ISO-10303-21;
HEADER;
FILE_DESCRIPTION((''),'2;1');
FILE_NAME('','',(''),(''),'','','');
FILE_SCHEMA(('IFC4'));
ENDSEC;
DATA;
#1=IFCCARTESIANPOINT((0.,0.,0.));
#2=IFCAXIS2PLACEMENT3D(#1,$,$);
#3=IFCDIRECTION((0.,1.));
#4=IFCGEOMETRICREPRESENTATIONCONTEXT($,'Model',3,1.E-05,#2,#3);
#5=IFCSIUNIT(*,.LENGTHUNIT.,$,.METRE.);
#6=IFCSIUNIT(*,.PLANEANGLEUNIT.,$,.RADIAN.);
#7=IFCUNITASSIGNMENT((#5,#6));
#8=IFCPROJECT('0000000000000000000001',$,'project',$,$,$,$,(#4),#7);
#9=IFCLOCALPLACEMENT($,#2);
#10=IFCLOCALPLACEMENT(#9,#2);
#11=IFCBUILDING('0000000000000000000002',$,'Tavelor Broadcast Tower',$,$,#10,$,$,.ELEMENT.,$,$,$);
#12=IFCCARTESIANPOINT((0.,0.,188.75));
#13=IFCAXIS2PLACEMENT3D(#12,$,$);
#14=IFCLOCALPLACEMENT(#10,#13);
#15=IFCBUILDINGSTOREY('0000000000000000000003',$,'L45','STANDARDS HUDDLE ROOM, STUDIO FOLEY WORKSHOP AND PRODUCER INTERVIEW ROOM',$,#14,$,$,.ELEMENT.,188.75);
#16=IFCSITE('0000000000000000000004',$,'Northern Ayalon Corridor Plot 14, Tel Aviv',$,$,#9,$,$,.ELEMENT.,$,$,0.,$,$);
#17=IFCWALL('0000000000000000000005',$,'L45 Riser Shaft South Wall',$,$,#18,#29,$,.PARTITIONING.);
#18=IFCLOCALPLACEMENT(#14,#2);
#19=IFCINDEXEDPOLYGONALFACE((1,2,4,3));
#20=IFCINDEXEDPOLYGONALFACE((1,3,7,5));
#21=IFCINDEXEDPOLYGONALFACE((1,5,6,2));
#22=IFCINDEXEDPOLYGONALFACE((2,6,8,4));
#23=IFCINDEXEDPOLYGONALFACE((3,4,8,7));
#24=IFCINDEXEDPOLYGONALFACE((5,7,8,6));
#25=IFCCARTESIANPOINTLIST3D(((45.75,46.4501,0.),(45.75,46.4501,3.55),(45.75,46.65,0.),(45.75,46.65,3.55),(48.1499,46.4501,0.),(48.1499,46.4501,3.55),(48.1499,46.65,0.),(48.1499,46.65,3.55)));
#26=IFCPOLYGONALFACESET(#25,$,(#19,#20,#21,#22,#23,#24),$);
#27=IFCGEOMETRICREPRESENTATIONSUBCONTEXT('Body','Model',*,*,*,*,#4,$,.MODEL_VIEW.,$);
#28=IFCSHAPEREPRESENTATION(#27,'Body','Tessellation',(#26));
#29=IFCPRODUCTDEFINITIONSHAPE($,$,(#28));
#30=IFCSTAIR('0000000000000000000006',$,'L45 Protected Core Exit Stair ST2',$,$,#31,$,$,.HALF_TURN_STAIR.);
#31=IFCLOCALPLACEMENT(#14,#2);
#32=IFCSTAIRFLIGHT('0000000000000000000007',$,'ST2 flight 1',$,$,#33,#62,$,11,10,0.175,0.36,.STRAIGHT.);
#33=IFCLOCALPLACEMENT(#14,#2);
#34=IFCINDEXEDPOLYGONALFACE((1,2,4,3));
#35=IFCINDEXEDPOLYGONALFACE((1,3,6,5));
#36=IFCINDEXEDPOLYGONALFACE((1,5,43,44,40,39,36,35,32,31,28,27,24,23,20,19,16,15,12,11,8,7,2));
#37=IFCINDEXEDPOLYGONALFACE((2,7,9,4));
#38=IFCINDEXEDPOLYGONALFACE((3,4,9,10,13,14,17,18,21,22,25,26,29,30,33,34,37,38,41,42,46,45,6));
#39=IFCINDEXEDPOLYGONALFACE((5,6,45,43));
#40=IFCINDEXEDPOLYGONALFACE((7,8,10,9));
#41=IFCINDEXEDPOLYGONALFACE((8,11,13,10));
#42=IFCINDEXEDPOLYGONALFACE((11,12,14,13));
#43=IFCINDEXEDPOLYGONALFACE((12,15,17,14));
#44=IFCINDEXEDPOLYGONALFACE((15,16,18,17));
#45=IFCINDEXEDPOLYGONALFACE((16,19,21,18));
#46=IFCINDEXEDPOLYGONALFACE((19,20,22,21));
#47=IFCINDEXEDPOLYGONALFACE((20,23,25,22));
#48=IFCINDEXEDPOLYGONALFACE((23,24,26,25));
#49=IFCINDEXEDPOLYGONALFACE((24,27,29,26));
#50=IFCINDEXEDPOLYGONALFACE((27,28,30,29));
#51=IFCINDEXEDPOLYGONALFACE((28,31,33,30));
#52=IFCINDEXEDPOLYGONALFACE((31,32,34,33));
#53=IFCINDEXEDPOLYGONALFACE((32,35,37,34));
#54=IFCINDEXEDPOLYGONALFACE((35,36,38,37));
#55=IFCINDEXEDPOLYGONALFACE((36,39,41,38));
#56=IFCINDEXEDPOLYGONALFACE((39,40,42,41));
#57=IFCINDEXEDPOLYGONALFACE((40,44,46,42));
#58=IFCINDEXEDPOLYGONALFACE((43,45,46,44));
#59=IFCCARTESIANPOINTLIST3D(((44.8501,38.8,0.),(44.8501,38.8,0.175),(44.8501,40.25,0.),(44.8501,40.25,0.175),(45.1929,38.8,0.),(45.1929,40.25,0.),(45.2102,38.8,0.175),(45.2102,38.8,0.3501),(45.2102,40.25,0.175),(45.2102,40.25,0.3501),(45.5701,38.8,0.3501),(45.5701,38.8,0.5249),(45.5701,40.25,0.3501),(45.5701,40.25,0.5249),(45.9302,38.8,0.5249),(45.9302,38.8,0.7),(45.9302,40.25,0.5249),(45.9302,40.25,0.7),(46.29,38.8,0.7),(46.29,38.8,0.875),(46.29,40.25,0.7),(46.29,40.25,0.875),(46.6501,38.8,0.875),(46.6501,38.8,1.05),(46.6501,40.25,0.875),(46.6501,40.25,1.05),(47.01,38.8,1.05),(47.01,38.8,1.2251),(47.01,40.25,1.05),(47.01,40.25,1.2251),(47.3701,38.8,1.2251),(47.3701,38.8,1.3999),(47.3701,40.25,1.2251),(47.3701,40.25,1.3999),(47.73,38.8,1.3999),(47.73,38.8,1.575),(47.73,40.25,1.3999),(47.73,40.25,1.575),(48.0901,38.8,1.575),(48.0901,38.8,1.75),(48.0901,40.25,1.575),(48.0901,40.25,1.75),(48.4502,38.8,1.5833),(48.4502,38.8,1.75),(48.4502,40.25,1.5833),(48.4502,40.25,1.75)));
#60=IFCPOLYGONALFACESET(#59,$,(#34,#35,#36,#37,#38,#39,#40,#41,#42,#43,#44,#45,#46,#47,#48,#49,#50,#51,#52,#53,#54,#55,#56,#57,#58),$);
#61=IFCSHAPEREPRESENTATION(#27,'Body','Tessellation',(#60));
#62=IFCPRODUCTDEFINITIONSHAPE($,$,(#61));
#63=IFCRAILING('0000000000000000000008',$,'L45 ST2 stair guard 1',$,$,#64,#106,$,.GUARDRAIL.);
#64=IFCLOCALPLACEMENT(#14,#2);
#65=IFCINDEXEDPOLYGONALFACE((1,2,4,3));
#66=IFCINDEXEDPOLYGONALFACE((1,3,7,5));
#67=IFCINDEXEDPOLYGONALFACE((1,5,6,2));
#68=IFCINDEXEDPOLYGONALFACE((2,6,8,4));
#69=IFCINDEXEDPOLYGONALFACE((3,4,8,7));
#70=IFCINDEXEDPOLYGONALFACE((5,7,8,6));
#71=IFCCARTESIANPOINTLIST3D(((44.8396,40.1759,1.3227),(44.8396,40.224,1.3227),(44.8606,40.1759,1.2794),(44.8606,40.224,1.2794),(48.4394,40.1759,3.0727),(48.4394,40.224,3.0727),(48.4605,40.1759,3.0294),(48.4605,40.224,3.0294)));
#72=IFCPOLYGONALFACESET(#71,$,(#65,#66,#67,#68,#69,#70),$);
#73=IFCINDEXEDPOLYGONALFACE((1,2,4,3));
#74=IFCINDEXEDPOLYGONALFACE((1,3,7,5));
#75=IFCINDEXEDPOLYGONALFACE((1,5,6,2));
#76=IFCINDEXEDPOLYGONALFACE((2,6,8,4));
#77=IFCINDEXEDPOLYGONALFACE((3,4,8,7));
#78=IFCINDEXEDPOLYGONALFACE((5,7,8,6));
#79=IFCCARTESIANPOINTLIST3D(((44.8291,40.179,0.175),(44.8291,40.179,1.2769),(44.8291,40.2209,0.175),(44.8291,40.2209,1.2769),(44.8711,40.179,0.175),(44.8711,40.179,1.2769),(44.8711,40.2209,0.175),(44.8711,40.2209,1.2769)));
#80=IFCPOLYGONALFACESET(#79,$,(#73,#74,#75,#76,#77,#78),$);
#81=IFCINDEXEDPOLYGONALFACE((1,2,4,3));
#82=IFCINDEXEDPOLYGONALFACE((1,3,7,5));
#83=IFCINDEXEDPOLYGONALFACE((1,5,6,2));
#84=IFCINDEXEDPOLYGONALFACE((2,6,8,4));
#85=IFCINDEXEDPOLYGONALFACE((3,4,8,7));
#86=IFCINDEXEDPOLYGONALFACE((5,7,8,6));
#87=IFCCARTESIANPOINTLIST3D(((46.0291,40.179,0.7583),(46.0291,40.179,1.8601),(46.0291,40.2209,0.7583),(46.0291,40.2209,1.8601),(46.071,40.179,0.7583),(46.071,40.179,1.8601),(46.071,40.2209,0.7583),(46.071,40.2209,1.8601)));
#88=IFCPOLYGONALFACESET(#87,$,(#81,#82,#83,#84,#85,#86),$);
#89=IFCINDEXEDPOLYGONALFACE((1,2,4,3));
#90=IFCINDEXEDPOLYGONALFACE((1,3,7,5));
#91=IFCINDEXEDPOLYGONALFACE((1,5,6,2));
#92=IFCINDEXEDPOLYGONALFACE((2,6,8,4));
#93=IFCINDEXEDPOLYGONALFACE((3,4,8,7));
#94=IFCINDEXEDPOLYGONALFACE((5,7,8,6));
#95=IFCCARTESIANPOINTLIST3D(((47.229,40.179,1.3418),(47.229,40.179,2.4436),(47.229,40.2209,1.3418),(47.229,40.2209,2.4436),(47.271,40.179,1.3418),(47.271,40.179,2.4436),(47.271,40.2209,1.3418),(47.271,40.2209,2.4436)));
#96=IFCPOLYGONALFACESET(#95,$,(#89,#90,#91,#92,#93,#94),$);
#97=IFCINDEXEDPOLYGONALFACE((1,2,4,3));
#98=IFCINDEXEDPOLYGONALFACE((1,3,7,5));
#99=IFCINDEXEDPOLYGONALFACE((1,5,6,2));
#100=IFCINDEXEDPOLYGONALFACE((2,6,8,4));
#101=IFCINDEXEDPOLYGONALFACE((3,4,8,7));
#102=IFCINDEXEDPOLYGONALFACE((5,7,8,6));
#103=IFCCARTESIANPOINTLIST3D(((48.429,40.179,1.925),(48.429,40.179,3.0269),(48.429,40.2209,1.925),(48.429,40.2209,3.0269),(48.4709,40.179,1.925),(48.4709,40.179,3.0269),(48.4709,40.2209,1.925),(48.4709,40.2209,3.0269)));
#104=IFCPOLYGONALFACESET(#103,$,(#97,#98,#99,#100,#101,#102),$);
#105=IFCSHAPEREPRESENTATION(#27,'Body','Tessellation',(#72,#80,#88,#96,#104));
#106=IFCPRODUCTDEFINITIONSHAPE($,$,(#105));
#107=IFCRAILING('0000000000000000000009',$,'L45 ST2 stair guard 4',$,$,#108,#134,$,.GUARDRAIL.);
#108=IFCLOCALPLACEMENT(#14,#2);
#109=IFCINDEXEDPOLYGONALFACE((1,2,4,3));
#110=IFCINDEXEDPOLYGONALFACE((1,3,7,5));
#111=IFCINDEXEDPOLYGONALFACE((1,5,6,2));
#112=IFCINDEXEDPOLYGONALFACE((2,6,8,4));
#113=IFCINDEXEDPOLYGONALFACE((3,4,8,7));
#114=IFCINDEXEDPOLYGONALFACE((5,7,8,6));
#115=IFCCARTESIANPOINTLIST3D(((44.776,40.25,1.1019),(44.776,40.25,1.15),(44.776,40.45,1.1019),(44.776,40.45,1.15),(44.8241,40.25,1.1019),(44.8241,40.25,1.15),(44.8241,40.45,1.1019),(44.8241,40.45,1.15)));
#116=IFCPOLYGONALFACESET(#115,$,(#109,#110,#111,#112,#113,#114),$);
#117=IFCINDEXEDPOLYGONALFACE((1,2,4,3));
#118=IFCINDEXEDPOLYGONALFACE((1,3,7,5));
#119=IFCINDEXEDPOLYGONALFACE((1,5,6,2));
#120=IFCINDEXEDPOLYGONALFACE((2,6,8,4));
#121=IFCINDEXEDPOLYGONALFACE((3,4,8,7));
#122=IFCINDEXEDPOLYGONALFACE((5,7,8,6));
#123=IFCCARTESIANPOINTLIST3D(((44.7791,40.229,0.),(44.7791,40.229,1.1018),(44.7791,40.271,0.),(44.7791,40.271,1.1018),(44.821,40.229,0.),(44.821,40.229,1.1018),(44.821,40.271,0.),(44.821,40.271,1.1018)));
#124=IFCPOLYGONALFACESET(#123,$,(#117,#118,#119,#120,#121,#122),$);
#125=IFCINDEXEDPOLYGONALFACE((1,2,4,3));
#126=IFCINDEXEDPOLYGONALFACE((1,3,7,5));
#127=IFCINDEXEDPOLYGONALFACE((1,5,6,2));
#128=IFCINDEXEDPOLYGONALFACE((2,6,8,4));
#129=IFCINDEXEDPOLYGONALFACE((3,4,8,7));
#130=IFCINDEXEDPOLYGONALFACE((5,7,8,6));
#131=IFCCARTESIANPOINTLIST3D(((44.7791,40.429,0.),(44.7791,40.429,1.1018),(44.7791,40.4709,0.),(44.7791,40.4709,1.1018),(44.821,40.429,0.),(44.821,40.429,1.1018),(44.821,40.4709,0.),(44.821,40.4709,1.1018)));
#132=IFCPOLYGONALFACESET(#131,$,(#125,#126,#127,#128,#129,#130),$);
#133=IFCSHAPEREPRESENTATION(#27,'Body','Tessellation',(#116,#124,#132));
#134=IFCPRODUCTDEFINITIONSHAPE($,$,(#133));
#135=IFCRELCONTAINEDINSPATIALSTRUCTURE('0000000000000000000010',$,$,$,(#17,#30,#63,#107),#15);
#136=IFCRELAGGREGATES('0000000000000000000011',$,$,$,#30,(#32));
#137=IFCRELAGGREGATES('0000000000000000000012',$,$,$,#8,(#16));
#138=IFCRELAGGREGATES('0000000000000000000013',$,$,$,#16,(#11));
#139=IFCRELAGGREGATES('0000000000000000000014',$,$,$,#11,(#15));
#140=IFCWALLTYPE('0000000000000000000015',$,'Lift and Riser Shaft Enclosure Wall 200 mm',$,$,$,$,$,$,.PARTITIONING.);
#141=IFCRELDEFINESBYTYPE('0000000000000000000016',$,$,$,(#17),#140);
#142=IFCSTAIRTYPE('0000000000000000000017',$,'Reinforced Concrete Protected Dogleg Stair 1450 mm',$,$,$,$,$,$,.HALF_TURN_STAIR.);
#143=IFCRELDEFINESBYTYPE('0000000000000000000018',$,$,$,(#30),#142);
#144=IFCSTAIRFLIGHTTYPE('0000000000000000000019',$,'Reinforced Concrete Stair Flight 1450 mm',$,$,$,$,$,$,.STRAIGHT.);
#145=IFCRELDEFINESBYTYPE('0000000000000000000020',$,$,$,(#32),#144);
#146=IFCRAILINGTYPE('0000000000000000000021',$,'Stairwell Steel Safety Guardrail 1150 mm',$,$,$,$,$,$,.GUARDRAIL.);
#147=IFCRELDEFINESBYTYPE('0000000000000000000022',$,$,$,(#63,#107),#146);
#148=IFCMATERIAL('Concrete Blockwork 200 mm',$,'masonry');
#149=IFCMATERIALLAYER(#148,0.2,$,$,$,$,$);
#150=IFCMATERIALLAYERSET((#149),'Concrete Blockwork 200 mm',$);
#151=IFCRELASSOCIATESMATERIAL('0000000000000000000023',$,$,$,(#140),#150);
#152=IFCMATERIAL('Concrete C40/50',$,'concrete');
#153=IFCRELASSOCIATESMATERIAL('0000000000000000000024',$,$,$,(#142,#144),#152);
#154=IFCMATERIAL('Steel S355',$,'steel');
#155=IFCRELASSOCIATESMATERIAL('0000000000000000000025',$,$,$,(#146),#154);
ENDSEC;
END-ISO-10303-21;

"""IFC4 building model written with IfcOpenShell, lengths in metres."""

from ifc_helpers import new_model, si_unit, direction, frame, frame_2d, origin, origin_2d, place, context, subcontext, project, spatial, polyline, rectangle, outline, extrude, material, layer, layer_set, type_object, element, aggregate, save


model = new_model("IFC4")

# Units and contexts
model_context = context("Model", 3, precision=1e-05, world=origin(), true_north=direction((0.0, 1.0)))
body_context = subcontext(model_context, "Body", "Model", "MODEL_VIEW")
ifc_project = project(units=[si_unit("LENGTHUNIT", "METRE"), si_unit("PLANEANGLEUNIT", "RADIAN")], contexts=[model_context])

# Site, building, storey
site_placement = place(None, origin())
site = spatial("IfcSite", under=ifc_project, at=site_placement, Name="Northern Ayalon Corridor Plot 14, Tel Aviv", CompositionType="ELEMENT", RefElevation=0.0)
building_placement = place(site_placement, origin())
building = spatial("IfcBuilding", under=site, at=building_placement, Name="Tavelor Broadcast Tower", CompositionType="ELEMENT")
storey_placement = place(building_placement, frame((0.0, 0.0, 188.75)))
storey = spatial("IfcBuildingStorey", under=building, at=storey_placement, Name="L45", Description="STANDARDS HUDDLE ROOM, STUDIO FOLEY WORKSHOP AND PRODUCER INTERVIEW ROOM", CompositionType="ELEMENT", Elevation=188.75)

# Shared definitions
ifc_material_1 = material(Name="Concrete C40/50", Category="concrete")
ifc_material_2 = material(Name="Steel S355", Category="steel")

# Wall
ifc_material_3 = material(Name="Concrete Blockwork 200 mm", Category="masonry")
ifc_layer_1 = layer(ifc_material_3, 0.2)
ifc_layer_set_1 = layer_set([ifc_layer_1], Name="Concrete Blockwork 200 mm")
wall_type_1 = type_object("IfcWallType", Name="Lift and Riser Shaft Enclosure Wall 200 mm", PredefinedType="PARTITIONING", material=ifc_layer_set_1)
wall_1_placement = place(storey_placement, frame((45.75, 46.55, 0.0), z_axis=(0.0, 0.0, 1.0), x_axis=(1.0, 0.0, 0.0)))
element("IfcWall", 1, at=wall_1_placement, inside=storey, type_object=wall_type_1, Name="L45 Riser Shaft South Wall", PredefinedType="PARTITIONING", context=body_context, shape_type="SweptSolid", body=[
    extrude(rectangle(XDim=2.3999, YDim=0.2, at=frame_2d((1.2, 0.0))), origin(), (0.0, 0.0, 1.0), 3.55),
])

# Stair, stair flight
stair_type = type_object("IfcStairType", Name="Reinforced Concrete Protected Dogleg Stair 1450 mm", PredefinedType="HALF_TURN_STAIR", material=ifc_material_1)
stair_placement = place(storey_placement, origin())
stair = element("IfcStair", 2, at=stair_placement, inside=storey, type_object=stair_type, Name="L45 Protected Core Exit Stair ST2", PredefinedType="HALF_TURN_STAIR")
stair_flight_type = type_object("IfcStairFlightType", Name="Reinforced Concrete Stair Flight 1450 mm", PredefinedType="STRAIGHT", material=ifc_material_1)
stair_flight_placement = place(storey_placement, frame((44.8501, 39.5249, 0.0), z_axis=(0.0, 0.0, 1.0), x_axis=(1.0, 0.0, 0.0)))
stair_flight = element("IfcStairFlight", 3, at=stair_flight_placement, type_object=stair_flight_type, Name="ST2 flight 1", NumberOfRisers=11, NumberOfTreads=10, PredefinedType="STRAIGHT", RiserHeight=0.175, TreadLength=0.36, context=body_context, shape_type="SweptSolid", body=[
    extrude(outline(polyline([(0.0, 0.0), (0.0, 0.175), (0.3601, 0.175), (0.3601, 0.3501), (0.72, 0.3501), (0.72, 0.5249), (1.0801, 0.5249), (1.0801, 0.7), (1.4399, 0.7), (1.4399, 0.875), (1.8, 0.875), (1.8, 1.05), (2.1599, 1.05), (2.1599, 1.2251), (2.52, 1.2251), (2.52, 1.3999), (2.8799, 1.3999), (2.8799, 1.575), (3.24, 1.575), (3.24, 1.75), (3.6001, 1.75), (3.6001, 1.925), (3.6001, 1.5833), (0.3428, 0.0), (0.0, 0.0)])), frame((0.0, 0.7251, 0.0), z_axis=(0.0, -1.0, 0.0), x_axis=(1.0, 0.0, 0.0)), (0.0, 0.0, 1.0), 1.45),
])
aggregate(stair, [stair_flight])

# Railings
railing_type = type_object("IfcRailingType", Name="Stairwell Steel Safety Guardrail 1150 mm", PredefinedType="GUARDRAIL", material=ifc_material_2)
railing_1_placement = place(storey_placement, frame((44.8501, 40.2, 0.175)))
element("IfcRailing", 4, at=railing_1_placement, inside=storey, type_object=railing_type, Name="L45 ST2 stair guard 1", PredefinedType="GUARDRAIL", context=body_context, shape_type="SweptSolid", body=[
    extrude(rectangle(XDim=0.0481, YDim=0.0481, at=origin_2d()), frame((0.0, 0.0, 1.126), z_axis=(0.899361, 0.0, 0.437207), x_axis=(0.0, 1.0, 0.0)), (0.0, 0.0, 1.0), 4.0027),
    extrude(rectangle(XDim=0.042, YDim=0.042, at=origin_2d()), origin(), (0.0, 0.0, 1.0), 1.1018),
    extrude(rectangle(XDim=0.042, YDim=0.042, at=origin_2d()), frame((1.2, 0.0, 0.5833)), (0.0, 0.0, 1.0), 1.1018),
    extrude(rectangle(XDim=0.042, YDim=0.042, at=origin_2d()), frame((2.3999, 0.0, 1.1667)), (0.0, 0.0, 1.0), 1.1018),
    extrude(rectangle(XDim=0.042, YDim=0.042, at=origin_2d()), frame((3.5999, 0.0, 1.75)), (0.0, 0.0, 1.0), 1.1018),
])
railing_2_placement = place(storey_placement, frame((44.8, 40.25, 0.0)))
element("IfcRailing", 5, at=railing_2_placement, inside=storey, type_object=railing_type, Name="L45 ST2 stair guard 4", PredefinedType="GUARDRAIL", context=body_context, shape_type="SweptSolid", body=[
    extrude(rectangle(XDim=0.0481, YDim=0.0481, at=origin_2d()), frame((0.0, 0.0, 1.126), z_axis=(0.0, 1.0, 0.0), x_axis=(-1.0, 0.0, 0.0)), (0.0, 0.0, 1.0), 0.2),
    extrude(rectangle(XDim=0.042, YDim=0.042, at=origin_2d()), origin(), (0.0, 0.0, 1.0), 1.1018),
    extrude(rectangle(XDim=0.042, YDim=0.042, at=origin_2d()), frame((0.0, 0.2, 0.0)), (0.0, 0.0, 1.0), 1.1018),
])

save(model, "model.ifc")
